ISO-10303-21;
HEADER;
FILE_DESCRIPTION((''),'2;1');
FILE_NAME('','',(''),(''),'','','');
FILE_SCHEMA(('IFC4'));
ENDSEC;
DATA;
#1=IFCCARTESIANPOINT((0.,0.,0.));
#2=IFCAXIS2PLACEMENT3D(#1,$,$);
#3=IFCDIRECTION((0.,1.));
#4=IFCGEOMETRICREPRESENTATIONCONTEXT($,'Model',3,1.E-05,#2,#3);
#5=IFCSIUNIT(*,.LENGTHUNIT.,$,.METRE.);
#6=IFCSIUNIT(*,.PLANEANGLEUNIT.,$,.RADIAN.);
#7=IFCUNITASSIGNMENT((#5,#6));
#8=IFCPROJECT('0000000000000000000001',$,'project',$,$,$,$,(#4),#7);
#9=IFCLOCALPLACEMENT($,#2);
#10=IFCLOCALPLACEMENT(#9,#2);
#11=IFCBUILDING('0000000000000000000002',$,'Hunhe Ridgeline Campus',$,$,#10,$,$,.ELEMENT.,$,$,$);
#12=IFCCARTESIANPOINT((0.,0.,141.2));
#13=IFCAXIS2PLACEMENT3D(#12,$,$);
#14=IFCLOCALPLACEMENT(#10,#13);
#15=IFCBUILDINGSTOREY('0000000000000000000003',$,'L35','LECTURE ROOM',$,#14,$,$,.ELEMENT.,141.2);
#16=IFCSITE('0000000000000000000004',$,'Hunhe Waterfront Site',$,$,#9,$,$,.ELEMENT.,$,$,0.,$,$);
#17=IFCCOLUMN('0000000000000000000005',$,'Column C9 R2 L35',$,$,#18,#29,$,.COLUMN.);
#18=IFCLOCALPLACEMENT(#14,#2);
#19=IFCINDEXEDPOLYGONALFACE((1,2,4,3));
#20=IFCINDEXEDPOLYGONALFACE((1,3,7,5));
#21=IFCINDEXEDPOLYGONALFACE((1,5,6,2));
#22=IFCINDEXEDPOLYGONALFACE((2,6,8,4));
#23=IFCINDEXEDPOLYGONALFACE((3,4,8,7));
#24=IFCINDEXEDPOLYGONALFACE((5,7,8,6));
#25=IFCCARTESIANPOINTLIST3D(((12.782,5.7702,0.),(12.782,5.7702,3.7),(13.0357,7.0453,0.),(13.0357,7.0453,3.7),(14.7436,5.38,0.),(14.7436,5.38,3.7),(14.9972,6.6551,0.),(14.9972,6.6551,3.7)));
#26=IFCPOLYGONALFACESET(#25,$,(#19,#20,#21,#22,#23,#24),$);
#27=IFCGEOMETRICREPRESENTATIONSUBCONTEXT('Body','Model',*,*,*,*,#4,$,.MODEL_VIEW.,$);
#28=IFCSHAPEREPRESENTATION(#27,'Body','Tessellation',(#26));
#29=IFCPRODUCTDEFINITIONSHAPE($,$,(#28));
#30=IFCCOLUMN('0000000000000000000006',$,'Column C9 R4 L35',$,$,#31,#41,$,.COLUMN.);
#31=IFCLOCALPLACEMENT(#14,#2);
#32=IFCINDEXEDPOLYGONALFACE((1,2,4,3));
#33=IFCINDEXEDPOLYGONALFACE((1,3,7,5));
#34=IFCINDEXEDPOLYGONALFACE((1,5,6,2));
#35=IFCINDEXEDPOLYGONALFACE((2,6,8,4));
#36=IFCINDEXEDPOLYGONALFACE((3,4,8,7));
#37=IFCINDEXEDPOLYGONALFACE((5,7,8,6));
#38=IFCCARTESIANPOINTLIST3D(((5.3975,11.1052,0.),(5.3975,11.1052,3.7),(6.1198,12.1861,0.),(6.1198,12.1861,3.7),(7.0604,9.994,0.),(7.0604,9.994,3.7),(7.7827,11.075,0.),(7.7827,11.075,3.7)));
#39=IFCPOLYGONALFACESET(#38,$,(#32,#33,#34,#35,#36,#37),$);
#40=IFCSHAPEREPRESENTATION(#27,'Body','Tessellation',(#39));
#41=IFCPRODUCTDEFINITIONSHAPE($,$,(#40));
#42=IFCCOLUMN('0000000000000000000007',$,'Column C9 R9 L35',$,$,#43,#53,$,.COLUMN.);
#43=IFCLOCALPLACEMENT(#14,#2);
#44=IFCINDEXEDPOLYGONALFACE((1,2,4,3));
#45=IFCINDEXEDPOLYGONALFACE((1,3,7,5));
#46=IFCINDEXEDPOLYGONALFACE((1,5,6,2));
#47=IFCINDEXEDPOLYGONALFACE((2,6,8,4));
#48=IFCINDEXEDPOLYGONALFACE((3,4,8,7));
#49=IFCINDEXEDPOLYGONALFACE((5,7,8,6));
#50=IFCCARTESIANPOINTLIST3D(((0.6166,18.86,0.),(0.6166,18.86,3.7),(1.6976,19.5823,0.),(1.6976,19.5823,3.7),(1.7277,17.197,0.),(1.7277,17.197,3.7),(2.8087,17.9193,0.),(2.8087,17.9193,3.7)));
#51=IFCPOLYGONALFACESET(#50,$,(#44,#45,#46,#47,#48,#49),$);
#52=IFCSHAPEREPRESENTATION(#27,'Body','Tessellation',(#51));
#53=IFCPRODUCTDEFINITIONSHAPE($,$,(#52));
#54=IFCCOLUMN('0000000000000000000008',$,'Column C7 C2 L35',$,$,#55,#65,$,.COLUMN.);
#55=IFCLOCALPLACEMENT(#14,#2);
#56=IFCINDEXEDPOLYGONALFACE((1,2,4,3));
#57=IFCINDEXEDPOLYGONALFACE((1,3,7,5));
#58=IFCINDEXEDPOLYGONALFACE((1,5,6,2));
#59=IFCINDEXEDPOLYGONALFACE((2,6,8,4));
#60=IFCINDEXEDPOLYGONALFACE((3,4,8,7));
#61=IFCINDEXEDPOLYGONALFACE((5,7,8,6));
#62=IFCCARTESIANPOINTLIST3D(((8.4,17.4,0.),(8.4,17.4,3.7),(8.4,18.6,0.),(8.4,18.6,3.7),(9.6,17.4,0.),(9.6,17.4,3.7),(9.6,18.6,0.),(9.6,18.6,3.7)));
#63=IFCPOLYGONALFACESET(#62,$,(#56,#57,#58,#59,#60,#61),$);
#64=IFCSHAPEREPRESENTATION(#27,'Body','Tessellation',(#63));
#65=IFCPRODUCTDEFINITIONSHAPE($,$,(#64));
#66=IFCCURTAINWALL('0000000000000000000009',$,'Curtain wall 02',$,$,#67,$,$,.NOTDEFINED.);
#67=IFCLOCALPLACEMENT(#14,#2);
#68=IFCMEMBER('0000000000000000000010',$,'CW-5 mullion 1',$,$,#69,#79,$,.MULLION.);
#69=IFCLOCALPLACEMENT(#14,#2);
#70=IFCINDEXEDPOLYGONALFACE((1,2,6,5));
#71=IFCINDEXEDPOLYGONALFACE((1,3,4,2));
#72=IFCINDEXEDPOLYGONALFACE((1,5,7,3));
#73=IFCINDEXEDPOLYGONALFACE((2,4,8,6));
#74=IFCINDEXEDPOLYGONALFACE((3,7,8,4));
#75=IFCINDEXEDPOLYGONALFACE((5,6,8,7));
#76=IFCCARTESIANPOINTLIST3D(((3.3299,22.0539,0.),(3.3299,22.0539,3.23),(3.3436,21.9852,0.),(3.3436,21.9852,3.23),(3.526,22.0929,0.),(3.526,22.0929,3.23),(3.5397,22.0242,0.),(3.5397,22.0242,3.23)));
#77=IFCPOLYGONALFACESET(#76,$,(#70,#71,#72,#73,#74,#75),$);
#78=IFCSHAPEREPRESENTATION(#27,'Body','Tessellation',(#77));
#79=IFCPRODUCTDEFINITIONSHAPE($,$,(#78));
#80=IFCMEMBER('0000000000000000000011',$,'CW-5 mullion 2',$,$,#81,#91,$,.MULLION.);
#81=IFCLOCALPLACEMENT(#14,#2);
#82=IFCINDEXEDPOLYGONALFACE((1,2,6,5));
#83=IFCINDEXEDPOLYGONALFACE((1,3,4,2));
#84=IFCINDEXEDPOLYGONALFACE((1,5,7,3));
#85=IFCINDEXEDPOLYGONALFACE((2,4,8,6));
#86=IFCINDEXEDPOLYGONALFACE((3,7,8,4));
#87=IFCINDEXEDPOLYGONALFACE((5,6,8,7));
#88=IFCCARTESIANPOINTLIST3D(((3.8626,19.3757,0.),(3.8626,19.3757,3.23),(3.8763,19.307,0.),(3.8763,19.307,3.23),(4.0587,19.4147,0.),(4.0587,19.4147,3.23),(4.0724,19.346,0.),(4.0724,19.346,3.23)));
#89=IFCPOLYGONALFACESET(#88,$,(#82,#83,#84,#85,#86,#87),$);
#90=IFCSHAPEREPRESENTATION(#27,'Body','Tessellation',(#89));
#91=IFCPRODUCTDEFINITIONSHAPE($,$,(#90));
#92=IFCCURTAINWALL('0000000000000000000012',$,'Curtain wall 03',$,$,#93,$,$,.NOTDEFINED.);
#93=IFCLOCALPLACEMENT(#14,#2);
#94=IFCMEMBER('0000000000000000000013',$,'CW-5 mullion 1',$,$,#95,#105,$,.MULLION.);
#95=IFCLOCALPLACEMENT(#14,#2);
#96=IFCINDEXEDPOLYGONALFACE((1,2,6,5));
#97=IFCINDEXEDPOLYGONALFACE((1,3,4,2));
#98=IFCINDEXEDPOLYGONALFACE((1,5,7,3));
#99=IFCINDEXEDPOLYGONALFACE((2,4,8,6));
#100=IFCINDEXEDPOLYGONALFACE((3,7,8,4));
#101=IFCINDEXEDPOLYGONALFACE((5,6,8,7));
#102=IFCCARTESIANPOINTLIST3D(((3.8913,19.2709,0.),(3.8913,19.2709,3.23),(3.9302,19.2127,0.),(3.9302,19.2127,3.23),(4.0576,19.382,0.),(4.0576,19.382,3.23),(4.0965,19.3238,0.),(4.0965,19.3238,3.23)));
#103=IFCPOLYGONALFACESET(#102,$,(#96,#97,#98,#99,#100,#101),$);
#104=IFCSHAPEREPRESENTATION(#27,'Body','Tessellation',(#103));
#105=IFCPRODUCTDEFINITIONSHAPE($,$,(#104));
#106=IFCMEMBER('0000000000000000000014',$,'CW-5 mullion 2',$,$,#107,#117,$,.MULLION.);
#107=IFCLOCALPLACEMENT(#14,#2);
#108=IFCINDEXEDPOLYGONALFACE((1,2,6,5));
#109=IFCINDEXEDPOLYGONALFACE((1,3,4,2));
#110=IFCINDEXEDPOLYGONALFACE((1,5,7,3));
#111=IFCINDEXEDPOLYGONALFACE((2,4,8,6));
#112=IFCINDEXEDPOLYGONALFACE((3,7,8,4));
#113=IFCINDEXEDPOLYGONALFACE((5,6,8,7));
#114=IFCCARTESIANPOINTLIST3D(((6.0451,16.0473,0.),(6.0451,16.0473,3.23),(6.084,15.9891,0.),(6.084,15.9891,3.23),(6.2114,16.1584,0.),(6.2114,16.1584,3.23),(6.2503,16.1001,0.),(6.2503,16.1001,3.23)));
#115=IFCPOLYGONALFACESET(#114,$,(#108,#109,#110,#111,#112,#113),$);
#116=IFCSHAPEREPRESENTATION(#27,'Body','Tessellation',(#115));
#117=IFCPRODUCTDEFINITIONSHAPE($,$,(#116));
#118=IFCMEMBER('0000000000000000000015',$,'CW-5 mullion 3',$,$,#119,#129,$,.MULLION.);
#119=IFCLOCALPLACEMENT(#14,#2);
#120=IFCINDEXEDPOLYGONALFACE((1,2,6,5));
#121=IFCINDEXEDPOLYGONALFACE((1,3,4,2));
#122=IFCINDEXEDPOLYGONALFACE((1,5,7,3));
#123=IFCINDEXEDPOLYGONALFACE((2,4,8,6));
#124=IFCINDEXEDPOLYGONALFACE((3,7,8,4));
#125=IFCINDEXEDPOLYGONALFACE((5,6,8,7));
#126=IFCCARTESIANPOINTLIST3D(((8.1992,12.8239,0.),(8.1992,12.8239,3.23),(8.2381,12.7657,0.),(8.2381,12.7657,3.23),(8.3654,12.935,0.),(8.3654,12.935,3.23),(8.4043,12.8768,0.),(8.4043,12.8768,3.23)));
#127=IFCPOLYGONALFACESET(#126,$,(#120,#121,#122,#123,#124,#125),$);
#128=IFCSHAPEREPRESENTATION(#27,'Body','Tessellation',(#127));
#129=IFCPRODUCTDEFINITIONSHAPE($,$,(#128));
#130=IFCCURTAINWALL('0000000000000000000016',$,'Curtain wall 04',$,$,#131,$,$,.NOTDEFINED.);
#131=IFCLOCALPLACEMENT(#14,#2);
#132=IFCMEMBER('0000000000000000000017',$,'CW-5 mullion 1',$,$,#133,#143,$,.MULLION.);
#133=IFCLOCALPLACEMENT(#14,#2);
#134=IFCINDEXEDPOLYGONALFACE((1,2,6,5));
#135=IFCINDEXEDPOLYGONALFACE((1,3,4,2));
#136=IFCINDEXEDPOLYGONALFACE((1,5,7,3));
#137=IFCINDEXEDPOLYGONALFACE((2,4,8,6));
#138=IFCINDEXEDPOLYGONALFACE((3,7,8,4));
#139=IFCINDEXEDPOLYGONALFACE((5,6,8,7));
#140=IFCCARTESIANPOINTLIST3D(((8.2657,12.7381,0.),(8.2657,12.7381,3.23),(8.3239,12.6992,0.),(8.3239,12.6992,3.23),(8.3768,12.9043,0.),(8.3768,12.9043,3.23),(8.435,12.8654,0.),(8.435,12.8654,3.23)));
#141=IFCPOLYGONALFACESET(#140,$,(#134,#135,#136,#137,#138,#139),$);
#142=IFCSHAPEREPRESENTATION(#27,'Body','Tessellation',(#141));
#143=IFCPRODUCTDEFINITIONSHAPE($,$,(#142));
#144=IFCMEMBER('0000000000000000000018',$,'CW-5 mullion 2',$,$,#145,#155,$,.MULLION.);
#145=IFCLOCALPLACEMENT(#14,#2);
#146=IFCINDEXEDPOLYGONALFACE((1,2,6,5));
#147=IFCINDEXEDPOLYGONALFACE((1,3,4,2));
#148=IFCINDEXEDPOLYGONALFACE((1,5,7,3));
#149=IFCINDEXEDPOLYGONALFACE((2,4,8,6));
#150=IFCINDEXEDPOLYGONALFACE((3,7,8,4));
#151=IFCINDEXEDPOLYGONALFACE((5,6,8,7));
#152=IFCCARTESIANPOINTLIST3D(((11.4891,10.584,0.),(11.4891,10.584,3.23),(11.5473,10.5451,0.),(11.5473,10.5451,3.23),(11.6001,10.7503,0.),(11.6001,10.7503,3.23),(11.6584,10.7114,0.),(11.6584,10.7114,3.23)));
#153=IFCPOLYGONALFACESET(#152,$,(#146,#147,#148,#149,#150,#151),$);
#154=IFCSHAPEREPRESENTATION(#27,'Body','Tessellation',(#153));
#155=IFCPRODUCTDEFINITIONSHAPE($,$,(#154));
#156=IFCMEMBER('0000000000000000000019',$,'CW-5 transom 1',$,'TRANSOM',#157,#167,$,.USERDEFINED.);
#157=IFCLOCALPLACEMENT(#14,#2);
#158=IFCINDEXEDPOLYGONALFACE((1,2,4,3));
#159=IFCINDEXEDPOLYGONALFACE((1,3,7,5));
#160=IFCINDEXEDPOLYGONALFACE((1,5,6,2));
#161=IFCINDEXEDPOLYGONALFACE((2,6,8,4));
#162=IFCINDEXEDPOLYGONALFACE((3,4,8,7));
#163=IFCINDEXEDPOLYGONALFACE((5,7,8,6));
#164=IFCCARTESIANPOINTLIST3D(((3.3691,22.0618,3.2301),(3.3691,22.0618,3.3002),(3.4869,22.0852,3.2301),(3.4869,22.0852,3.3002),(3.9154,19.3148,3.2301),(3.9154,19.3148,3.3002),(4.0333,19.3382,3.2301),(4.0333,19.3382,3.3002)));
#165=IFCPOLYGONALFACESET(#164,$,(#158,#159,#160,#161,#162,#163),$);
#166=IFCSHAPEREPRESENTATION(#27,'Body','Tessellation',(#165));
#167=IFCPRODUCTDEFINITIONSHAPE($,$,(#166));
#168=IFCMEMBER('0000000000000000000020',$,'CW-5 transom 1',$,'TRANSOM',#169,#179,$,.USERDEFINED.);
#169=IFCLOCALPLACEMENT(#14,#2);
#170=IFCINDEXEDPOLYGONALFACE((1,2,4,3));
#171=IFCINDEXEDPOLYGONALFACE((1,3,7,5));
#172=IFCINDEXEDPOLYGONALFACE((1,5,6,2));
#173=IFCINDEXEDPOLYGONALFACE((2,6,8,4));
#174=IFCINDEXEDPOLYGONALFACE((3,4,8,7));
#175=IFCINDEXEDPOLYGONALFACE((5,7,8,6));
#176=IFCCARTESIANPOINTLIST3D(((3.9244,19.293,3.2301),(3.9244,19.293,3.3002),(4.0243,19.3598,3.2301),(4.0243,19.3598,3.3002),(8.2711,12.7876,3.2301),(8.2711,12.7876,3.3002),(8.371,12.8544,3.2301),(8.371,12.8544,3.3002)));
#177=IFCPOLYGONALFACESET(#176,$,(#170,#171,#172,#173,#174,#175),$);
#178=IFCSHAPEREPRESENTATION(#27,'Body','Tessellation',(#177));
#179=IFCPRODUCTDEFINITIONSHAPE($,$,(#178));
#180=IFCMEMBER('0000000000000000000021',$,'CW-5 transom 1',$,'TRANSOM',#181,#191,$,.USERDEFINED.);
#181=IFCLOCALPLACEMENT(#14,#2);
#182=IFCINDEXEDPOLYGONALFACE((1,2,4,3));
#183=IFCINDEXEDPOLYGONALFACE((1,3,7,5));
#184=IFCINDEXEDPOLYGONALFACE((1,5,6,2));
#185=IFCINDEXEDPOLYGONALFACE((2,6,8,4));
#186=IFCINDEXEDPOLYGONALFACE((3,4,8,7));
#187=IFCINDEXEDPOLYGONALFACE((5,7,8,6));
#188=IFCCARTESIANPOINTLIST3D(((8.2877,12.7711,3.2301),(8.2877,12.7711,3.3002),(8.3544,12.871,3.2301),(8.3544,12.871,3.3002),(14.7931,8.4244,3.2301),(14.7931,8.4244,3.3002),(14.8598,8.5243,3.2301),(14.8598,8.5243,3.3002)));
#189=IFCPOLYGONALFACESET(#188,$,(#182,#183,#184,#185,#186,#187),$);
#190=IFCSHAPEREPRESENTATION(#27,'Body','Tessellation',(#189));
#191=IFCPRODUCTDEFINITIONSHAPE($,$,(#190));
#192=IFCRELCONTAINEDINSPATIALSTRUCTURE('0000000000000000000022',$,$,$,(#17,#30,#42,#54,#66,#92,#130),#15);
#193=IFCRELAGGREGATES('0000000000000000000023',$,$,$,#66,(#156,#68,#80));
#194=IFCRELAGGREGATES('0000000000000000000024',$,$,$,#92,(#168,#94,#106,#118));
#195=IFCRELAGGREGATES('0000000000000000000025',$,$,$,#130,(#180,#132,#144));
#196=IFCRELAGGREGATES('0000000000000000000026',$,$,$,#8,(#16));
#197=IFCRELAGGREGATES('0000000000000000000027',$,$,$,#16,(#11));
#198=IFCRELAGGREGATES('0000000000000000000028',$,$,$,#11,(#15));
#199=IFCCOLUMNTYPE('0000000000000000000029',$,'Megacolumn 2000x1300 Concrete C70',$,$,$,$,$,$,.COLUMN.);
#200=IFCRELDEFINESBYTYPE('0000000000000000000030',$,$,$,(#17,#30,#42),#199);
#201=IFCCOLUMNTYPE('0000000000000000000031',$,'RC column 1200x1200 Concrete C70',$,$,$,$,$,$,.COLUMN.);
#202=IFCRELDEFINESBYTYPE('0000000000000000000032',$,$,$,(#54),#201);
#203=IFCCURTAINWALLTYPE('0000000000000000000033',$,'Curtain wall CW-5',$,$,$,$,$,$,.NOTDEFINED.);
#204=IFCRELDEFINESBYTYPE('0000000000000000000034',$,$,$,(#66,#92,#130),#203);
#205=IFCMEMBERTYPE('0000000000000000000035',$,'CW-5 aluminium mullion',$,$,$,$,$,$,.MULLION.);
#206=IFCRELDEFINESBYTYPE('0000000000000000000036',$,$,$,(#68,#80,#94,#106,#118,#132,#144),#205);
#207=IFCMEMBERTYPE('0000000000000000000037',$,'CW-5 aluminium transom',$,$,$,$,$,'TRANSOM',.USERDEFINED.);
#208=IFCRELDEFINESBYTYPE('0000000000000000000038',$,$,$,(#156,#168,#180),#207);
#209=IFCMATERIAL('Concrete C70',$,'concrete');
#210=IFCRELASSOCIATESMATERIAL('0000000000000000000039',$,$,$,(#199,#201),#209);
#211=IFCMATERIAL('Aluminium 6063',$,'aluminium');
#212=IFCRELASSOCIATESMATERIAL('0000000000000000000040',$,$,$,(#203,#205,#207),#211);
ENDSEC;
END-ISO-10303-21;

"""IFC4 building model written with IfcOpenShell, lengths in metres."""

from ifc_helpers import new_model, si_unit, direction, frame, origin, origin_2d, place, context, subcontext, project, spatial, rectangle, extrude, material, material_profile, profile_set, type_object, element, aggregate, save


model = new_model("IFC4")

# Units and contexts
model_context = context("Model", 3, precision=1e-05, world=origin(), true_north=direction((0.0, 1.0)))
body_context = subcontext(model_context, "Body", "Model", "MODEL_VIEW")
ifc_project = project(units=[si_unit("LENGTHUNIT", "METRE"), si_unit("PLANEANGLEUNIT", "RADIAN")], contexts=[model_context])

# Site, building, storey
site_placement = place(None, origin())
site = spatial("IfcSite", under=ifc_project, at=site_placement, Name="Hunhe Waterfront Site", CompositionType="ELEMENT", RefElevation=0.0)
building_placement = place(site_placement, origin())
building = spatial("IfcBuilding", under=site, at=building_placement, Name="Hunhe Ridgeline Campus", CompositionType="ELEMENT")
storey_placement = place(building_placement, frame((0.0, 0.0, 141.2)))
storey = spatial("IfcBuildingStorey", under=building, at=storey_placement, Name="L35", Description="LECTURE ROOM", CompositionType="ELEMENT", Elevation=141.2)

# Columns
ifc_material_1 = material(Name="Concrete C70", Category="concrete")
ifc_material_profile_1 = material_profile(ifc_material_1, rectangle(XDim=2.0, YDim=1.3, at=origin_2d()))
ifc_profile_set_1 = profile_set([ifc_material_profile_1], Name="Concrete C70")
column_type_1 = type_object("IfcColumnType", Name="Megacolumn 2000x1300 Concrete C70", PredefinedType="COLUMN", material=ifc_profile_set_1)
for number, where, z_axis, x_axis, name in (
    (1, (13.8896, 6.2126, 0.0), (0.0, 0.0, 1.0), (-0.980785, 0.19509, 0.0), "Column C9 R2 L35"),
    (2, (6.5901, 11.0901, 0.0), (0.0, 0.0, 1.0), (-0.83147, 0.55557, 0.0), "Column C9 R4 L35"),
    (3, (1.7126, 18.3896, 0.0), (0.0, 0.0, 1.0), (-0.55557, 0.83147, 0.0), "Column C9 R9 L35"),
):
    element("IfcColumn", number, at=place(storey_placement, frame(where, z_axis=z_axis, x_axis=x_axis)), inside=storey, type_object=column_type_1, Name=name, PredefinedType="COLUMN", context=body_context, shape_type="SweptSolid", body=[
        extrude(rectangle(XDim=2.0, YDim=1.3, at=origin_2d()), origin(), (0.0, 0.0, 1.0), 3.7),
    ])
ifc_material_profile_2 = material_profile(ifc_material_1, rectangle(XDim=1.2, YDim=1.2, at=origin_2d()))
ifc_profile_set_2 = profile_set([ifc_material_profile_2], Name="Concrete C70")
column_type_2 = type_object("IfcColumnType", Name="RC column 1200x1200 Concrete C70", PredefinedType="COLUMN", material=ifc_profile_set_2)
column_placement = place(storey_placement, frame((9.0, 18.0, 0.0), z_axis=(0.0, 0.0, 1.0), x_axis=(1.0, 0.0, 0.0)))
element("IfcColumn", 4, at=column_placement, inside=storey, type_object=column_type_2, Name="Column C7 C2 L35", PredefinedType="COLUMN", context=body_context, shape_type="SweptSolid", body=[
    extrude(rectangle(XDim=1.2, YDim=1.2, at=origin_2d()), origin(), (0.0, 0.0, 1.0), 3.7),
])

# Curtain walls, members
ifc_material_2 = material(Name="Aluminium 6063", Category="aluminium")
curtain_wall_type = type_object("IfcCurtainWallType", Name="Curtain wall CW-5", PredefinedType="NOTDEFINED", material=ifc_material_2)
curtain_wall_1_placement = place(storey_placement, origin())
curtain_wall_1 = element("IfcCurtainWall", 5, at=curtain_wall_1_placement, inside=storey, type_object=curtain_wall_type, Name="Curtain wall 02", PredefinedType="NOTDEFINED")
ifc_material_profile_3 = material_profile(ifc_material_2, rectangle(XDim=0.2, YDim=0.0701, at=origin_2d()))
ifc_profile_set_3 = profile_set([ifc_material_profile_3], Name="Aluminium 6063")
member_type_1 = type_object("IfcMemberType", Name="CW-5 aluminium mullion", PredefinedType="MULLION", material=ifc_profile_set_3)
member_1_placement = place(storey_placement, frame((3.4348, 22.0391, 0.0), z_axis=(0.0, 0.0, 1.0), x_axis=(0.980784, 0.195095, 0.0)))
member_1 = element("IfcMember", 6, at=member_1_placement, type_object=member_type_1, Name="CW-5 mullion 1", PredefinedType="MULLION", context=body_context, shape_type="SweptSolid", body=[
    extrude(rectangle(XDim=0.2, YDim=0.0701, at=origin_2d()), origin(), (0.0, 0.0, 1.0), 3.23),
])
member_2_placement = place(storey_placement, frame((3.9675, 19.3608, 0.0), z_axis=(0.0, 0.0, 1.0), x_axis=(0.980784, 0.195095, 0.0)))
member_2 = element("IfcMember", 7, at=member_2_placement, type_object=member_type_1, Name="CW-5 mullion 2", PredefinedType="MULLION", context=body_context, shape_type="SweptSolid", body=[
    extrude(rectangle(XDim=0.2, YDim=0.0701, at=origin_2d()), origin(), (0.0, 0.0, 1.0), 3.23),
])
curtain_wall_2_placement = place(storey_placement, origin())
curtain_wall_2 = element("IfcCurtainWall", 8, at=curtain_wall_2_placement, inside=storey, type_object=curtain_wall_type, Name="Curtain wall 03", PredefinedType="NOTDEFINED")
member_3_placement = place(storey_placement, frame((3.9939, 19.2974, 0.0), z_axis=(0.0, 0.0, 1.0), x_axis=(0.83147, 0.55557, 0.0)))
member_3 = element("IfcMember", 9, at=member_3_placement, type_object=member_type_1, Name="CW-5 mullion 1", PredefinedType="MULLION", context=body_context, shape_type="SweptSolid", body=[
    extrude(rectangle(XDim=0.2, YDim=0.0701, at=origin_2d()), origin(), (0.0, 0.0, 1.0), 3.23),
])
member_4_placement = place(storey_placement, frame((6.1477, 16.0737, 0.0), z_axis=(0.0, 0.0, 1.0), x_axis=(0.83147, 0.55557, 0.0)))
member_4 = element("IfcMember", 10, at=member_4_placement, type_object=member_type_1, Name="CW-5 mullion 2", PredefinedType="MULLION", context=body_context, shape_type="SweptSolid", body=[
    extrude(rectangle(XDim=0.2, YDim=0.0701, at=origin_2d()), origin(), (0.0, 0.0, 1.0), 3.23),
])
member_5_placement = place(storey_placement, frame((8.3018, 12.8503, 0.0), z_axis=(0.0, 0.0, 1.0), x_axis=(0.83147, 0.55557, 0.0)))
member_5 = element("IfcMember", 11, at=member_5_placement, type_object=member_type_1, Name="CW-5 mullion 3", PredefinedType="MULLION", context=body_context, shape_type="SweptSolid", body=[
    extrude(rectangle(XDim=0.2, YDim=0.0701, at=origin_2d()), origin(), (0.0, 0.0, 1.0), 3.23),
])
curtain_wall_3_placement = place(storey_placement, origin())
curtain_wall_3 = element("IfcCurtainWall", 12, at=curtain_wall_3_placement, inside=storey, type_object=curtain_wall_type, Name="Curtain wall 04", PredefinedType="NOTDEFINED")
member_6_placement = place(storey_placement, frame((8.3503, 12.8018, 0.0), z_axis=(0.0, 0.0, 1.0), x_axis=(0.55557, 0.83147, 0.0)))
member_6 = element("IfcMember", 13, at=member_6_placement, type_object=member_type_1, Name="CW-5 mullion 1", PredefinedType="MULLION", context=body_context, shape_type="SweptSolid", body=[
    extrude(rectangle(XDim=0.2, YDim=0.0701, at=origin_2d()), origin(), (0.0, 0.0, 1.0), 3.23),
])
member_7_placement = place(storey_placement, frame((11.5737, 10.6477, 0.0), z_axis=(0.0, 0.0, 1.0), x_axis=(0.55557, 0.83147, 0.0)))
member_7 = element("IfcMember", 14, at=member_7_placement, type_object=member_type_1, Name="CW-5 mullion 2", PredefinedType="MULLION", context=body_context, shape_type="SweptSolid", body=[
    extrude(rectangle(XDim=0.2, YDim=0.0701, at=origin_2d()), origin(), (0.0, 0.0, 1.0), 3.23),
])

# Members
ifc_material_profile_4 = material_profile(ifc_material_2, rectangle(XDim=0.1201, YDim=0.0701, at=origin_2d()))
ifc_profile_set_4 = profile_set([ifc_material_profile_4], Name="Aluminium 6063")
member_type_2 = type_object("IfcMemberType", Name="CW-5 aluminium transom", ElementType="TRANSOM", PredefinedType="USERDEFINED", material=ifc_profile_set_4)
member_8_placement = place(storey_placement, frame((3.428, 22.0735, 3.2651), z_axis=(0.195077, -0.980788, 0.0), x_axis=(0.980788, 0.195077, 0.0)))
member_8 = element("IfcMember", 15, at=member_8_placement, type_object=member_type_2, Name="CW-5 transom 1", ObjectType="TRANSOM", PredefinedType="USERDEFINED", context=body_context, shape_type="SweptSolid", body=[
    extrude(rectangle(XDim=0.1201, YDim=0.0701, at=origin_2d()), origin(), (0.0, 0.0, 1.0), 2.8008),
])
member_9_placement = place(storey_placement, frame((3.9744, 19.3264, 3.2651), z_axis=(0.555564, -0.831474, 0.0), x_axis=(0.831474, 0.555564, 0.0)))
member_9 = element("IfcMember", 16, at=member_9_placement, type_object=member_type_2, Name="CW-5 transom 1", ObjectType="TRANSOM", PredefinedType="USERDEFINED", context=body_context, shape_type="SweptSolid", body=[
    extrude(rectangle(XDim=0.1201, YDim=0.0701, at=origin_2d()), origin(), (0.0, 0.0, 1.0), 7.824),
])
member_10_placement = place(storey_placement, frame((8.321, 12.821, 3.2651), z_axis=(0.831474, -0.555564, 0.0), x_axis=(0.555564, 0.831474, 0.0)))
member_10 = element("IfcMember", 17, at=member_10_placement, type_object=member_type_2, Name="CW-5 transom 1", ObjectType="TRANSOM", PredefinedType="USERDEFINED", context=body_context, shape_type="SweptSolid", body=[
    extrude(rectangle(XDim=0.1201, YDim=0.0701, at=origin_2d()), origin(), (0.0, 0.0, 1.0), 7.824),
])

aggregate(curtain_wall_1, [member_8, member_1, member_2])
aggregate(curtain_wall_2, [member_9, member_3, member_4, member_5])
aggregate(curtain_wall_3, [member_10, member_6, member_7])

save(model, "model.ifc")
